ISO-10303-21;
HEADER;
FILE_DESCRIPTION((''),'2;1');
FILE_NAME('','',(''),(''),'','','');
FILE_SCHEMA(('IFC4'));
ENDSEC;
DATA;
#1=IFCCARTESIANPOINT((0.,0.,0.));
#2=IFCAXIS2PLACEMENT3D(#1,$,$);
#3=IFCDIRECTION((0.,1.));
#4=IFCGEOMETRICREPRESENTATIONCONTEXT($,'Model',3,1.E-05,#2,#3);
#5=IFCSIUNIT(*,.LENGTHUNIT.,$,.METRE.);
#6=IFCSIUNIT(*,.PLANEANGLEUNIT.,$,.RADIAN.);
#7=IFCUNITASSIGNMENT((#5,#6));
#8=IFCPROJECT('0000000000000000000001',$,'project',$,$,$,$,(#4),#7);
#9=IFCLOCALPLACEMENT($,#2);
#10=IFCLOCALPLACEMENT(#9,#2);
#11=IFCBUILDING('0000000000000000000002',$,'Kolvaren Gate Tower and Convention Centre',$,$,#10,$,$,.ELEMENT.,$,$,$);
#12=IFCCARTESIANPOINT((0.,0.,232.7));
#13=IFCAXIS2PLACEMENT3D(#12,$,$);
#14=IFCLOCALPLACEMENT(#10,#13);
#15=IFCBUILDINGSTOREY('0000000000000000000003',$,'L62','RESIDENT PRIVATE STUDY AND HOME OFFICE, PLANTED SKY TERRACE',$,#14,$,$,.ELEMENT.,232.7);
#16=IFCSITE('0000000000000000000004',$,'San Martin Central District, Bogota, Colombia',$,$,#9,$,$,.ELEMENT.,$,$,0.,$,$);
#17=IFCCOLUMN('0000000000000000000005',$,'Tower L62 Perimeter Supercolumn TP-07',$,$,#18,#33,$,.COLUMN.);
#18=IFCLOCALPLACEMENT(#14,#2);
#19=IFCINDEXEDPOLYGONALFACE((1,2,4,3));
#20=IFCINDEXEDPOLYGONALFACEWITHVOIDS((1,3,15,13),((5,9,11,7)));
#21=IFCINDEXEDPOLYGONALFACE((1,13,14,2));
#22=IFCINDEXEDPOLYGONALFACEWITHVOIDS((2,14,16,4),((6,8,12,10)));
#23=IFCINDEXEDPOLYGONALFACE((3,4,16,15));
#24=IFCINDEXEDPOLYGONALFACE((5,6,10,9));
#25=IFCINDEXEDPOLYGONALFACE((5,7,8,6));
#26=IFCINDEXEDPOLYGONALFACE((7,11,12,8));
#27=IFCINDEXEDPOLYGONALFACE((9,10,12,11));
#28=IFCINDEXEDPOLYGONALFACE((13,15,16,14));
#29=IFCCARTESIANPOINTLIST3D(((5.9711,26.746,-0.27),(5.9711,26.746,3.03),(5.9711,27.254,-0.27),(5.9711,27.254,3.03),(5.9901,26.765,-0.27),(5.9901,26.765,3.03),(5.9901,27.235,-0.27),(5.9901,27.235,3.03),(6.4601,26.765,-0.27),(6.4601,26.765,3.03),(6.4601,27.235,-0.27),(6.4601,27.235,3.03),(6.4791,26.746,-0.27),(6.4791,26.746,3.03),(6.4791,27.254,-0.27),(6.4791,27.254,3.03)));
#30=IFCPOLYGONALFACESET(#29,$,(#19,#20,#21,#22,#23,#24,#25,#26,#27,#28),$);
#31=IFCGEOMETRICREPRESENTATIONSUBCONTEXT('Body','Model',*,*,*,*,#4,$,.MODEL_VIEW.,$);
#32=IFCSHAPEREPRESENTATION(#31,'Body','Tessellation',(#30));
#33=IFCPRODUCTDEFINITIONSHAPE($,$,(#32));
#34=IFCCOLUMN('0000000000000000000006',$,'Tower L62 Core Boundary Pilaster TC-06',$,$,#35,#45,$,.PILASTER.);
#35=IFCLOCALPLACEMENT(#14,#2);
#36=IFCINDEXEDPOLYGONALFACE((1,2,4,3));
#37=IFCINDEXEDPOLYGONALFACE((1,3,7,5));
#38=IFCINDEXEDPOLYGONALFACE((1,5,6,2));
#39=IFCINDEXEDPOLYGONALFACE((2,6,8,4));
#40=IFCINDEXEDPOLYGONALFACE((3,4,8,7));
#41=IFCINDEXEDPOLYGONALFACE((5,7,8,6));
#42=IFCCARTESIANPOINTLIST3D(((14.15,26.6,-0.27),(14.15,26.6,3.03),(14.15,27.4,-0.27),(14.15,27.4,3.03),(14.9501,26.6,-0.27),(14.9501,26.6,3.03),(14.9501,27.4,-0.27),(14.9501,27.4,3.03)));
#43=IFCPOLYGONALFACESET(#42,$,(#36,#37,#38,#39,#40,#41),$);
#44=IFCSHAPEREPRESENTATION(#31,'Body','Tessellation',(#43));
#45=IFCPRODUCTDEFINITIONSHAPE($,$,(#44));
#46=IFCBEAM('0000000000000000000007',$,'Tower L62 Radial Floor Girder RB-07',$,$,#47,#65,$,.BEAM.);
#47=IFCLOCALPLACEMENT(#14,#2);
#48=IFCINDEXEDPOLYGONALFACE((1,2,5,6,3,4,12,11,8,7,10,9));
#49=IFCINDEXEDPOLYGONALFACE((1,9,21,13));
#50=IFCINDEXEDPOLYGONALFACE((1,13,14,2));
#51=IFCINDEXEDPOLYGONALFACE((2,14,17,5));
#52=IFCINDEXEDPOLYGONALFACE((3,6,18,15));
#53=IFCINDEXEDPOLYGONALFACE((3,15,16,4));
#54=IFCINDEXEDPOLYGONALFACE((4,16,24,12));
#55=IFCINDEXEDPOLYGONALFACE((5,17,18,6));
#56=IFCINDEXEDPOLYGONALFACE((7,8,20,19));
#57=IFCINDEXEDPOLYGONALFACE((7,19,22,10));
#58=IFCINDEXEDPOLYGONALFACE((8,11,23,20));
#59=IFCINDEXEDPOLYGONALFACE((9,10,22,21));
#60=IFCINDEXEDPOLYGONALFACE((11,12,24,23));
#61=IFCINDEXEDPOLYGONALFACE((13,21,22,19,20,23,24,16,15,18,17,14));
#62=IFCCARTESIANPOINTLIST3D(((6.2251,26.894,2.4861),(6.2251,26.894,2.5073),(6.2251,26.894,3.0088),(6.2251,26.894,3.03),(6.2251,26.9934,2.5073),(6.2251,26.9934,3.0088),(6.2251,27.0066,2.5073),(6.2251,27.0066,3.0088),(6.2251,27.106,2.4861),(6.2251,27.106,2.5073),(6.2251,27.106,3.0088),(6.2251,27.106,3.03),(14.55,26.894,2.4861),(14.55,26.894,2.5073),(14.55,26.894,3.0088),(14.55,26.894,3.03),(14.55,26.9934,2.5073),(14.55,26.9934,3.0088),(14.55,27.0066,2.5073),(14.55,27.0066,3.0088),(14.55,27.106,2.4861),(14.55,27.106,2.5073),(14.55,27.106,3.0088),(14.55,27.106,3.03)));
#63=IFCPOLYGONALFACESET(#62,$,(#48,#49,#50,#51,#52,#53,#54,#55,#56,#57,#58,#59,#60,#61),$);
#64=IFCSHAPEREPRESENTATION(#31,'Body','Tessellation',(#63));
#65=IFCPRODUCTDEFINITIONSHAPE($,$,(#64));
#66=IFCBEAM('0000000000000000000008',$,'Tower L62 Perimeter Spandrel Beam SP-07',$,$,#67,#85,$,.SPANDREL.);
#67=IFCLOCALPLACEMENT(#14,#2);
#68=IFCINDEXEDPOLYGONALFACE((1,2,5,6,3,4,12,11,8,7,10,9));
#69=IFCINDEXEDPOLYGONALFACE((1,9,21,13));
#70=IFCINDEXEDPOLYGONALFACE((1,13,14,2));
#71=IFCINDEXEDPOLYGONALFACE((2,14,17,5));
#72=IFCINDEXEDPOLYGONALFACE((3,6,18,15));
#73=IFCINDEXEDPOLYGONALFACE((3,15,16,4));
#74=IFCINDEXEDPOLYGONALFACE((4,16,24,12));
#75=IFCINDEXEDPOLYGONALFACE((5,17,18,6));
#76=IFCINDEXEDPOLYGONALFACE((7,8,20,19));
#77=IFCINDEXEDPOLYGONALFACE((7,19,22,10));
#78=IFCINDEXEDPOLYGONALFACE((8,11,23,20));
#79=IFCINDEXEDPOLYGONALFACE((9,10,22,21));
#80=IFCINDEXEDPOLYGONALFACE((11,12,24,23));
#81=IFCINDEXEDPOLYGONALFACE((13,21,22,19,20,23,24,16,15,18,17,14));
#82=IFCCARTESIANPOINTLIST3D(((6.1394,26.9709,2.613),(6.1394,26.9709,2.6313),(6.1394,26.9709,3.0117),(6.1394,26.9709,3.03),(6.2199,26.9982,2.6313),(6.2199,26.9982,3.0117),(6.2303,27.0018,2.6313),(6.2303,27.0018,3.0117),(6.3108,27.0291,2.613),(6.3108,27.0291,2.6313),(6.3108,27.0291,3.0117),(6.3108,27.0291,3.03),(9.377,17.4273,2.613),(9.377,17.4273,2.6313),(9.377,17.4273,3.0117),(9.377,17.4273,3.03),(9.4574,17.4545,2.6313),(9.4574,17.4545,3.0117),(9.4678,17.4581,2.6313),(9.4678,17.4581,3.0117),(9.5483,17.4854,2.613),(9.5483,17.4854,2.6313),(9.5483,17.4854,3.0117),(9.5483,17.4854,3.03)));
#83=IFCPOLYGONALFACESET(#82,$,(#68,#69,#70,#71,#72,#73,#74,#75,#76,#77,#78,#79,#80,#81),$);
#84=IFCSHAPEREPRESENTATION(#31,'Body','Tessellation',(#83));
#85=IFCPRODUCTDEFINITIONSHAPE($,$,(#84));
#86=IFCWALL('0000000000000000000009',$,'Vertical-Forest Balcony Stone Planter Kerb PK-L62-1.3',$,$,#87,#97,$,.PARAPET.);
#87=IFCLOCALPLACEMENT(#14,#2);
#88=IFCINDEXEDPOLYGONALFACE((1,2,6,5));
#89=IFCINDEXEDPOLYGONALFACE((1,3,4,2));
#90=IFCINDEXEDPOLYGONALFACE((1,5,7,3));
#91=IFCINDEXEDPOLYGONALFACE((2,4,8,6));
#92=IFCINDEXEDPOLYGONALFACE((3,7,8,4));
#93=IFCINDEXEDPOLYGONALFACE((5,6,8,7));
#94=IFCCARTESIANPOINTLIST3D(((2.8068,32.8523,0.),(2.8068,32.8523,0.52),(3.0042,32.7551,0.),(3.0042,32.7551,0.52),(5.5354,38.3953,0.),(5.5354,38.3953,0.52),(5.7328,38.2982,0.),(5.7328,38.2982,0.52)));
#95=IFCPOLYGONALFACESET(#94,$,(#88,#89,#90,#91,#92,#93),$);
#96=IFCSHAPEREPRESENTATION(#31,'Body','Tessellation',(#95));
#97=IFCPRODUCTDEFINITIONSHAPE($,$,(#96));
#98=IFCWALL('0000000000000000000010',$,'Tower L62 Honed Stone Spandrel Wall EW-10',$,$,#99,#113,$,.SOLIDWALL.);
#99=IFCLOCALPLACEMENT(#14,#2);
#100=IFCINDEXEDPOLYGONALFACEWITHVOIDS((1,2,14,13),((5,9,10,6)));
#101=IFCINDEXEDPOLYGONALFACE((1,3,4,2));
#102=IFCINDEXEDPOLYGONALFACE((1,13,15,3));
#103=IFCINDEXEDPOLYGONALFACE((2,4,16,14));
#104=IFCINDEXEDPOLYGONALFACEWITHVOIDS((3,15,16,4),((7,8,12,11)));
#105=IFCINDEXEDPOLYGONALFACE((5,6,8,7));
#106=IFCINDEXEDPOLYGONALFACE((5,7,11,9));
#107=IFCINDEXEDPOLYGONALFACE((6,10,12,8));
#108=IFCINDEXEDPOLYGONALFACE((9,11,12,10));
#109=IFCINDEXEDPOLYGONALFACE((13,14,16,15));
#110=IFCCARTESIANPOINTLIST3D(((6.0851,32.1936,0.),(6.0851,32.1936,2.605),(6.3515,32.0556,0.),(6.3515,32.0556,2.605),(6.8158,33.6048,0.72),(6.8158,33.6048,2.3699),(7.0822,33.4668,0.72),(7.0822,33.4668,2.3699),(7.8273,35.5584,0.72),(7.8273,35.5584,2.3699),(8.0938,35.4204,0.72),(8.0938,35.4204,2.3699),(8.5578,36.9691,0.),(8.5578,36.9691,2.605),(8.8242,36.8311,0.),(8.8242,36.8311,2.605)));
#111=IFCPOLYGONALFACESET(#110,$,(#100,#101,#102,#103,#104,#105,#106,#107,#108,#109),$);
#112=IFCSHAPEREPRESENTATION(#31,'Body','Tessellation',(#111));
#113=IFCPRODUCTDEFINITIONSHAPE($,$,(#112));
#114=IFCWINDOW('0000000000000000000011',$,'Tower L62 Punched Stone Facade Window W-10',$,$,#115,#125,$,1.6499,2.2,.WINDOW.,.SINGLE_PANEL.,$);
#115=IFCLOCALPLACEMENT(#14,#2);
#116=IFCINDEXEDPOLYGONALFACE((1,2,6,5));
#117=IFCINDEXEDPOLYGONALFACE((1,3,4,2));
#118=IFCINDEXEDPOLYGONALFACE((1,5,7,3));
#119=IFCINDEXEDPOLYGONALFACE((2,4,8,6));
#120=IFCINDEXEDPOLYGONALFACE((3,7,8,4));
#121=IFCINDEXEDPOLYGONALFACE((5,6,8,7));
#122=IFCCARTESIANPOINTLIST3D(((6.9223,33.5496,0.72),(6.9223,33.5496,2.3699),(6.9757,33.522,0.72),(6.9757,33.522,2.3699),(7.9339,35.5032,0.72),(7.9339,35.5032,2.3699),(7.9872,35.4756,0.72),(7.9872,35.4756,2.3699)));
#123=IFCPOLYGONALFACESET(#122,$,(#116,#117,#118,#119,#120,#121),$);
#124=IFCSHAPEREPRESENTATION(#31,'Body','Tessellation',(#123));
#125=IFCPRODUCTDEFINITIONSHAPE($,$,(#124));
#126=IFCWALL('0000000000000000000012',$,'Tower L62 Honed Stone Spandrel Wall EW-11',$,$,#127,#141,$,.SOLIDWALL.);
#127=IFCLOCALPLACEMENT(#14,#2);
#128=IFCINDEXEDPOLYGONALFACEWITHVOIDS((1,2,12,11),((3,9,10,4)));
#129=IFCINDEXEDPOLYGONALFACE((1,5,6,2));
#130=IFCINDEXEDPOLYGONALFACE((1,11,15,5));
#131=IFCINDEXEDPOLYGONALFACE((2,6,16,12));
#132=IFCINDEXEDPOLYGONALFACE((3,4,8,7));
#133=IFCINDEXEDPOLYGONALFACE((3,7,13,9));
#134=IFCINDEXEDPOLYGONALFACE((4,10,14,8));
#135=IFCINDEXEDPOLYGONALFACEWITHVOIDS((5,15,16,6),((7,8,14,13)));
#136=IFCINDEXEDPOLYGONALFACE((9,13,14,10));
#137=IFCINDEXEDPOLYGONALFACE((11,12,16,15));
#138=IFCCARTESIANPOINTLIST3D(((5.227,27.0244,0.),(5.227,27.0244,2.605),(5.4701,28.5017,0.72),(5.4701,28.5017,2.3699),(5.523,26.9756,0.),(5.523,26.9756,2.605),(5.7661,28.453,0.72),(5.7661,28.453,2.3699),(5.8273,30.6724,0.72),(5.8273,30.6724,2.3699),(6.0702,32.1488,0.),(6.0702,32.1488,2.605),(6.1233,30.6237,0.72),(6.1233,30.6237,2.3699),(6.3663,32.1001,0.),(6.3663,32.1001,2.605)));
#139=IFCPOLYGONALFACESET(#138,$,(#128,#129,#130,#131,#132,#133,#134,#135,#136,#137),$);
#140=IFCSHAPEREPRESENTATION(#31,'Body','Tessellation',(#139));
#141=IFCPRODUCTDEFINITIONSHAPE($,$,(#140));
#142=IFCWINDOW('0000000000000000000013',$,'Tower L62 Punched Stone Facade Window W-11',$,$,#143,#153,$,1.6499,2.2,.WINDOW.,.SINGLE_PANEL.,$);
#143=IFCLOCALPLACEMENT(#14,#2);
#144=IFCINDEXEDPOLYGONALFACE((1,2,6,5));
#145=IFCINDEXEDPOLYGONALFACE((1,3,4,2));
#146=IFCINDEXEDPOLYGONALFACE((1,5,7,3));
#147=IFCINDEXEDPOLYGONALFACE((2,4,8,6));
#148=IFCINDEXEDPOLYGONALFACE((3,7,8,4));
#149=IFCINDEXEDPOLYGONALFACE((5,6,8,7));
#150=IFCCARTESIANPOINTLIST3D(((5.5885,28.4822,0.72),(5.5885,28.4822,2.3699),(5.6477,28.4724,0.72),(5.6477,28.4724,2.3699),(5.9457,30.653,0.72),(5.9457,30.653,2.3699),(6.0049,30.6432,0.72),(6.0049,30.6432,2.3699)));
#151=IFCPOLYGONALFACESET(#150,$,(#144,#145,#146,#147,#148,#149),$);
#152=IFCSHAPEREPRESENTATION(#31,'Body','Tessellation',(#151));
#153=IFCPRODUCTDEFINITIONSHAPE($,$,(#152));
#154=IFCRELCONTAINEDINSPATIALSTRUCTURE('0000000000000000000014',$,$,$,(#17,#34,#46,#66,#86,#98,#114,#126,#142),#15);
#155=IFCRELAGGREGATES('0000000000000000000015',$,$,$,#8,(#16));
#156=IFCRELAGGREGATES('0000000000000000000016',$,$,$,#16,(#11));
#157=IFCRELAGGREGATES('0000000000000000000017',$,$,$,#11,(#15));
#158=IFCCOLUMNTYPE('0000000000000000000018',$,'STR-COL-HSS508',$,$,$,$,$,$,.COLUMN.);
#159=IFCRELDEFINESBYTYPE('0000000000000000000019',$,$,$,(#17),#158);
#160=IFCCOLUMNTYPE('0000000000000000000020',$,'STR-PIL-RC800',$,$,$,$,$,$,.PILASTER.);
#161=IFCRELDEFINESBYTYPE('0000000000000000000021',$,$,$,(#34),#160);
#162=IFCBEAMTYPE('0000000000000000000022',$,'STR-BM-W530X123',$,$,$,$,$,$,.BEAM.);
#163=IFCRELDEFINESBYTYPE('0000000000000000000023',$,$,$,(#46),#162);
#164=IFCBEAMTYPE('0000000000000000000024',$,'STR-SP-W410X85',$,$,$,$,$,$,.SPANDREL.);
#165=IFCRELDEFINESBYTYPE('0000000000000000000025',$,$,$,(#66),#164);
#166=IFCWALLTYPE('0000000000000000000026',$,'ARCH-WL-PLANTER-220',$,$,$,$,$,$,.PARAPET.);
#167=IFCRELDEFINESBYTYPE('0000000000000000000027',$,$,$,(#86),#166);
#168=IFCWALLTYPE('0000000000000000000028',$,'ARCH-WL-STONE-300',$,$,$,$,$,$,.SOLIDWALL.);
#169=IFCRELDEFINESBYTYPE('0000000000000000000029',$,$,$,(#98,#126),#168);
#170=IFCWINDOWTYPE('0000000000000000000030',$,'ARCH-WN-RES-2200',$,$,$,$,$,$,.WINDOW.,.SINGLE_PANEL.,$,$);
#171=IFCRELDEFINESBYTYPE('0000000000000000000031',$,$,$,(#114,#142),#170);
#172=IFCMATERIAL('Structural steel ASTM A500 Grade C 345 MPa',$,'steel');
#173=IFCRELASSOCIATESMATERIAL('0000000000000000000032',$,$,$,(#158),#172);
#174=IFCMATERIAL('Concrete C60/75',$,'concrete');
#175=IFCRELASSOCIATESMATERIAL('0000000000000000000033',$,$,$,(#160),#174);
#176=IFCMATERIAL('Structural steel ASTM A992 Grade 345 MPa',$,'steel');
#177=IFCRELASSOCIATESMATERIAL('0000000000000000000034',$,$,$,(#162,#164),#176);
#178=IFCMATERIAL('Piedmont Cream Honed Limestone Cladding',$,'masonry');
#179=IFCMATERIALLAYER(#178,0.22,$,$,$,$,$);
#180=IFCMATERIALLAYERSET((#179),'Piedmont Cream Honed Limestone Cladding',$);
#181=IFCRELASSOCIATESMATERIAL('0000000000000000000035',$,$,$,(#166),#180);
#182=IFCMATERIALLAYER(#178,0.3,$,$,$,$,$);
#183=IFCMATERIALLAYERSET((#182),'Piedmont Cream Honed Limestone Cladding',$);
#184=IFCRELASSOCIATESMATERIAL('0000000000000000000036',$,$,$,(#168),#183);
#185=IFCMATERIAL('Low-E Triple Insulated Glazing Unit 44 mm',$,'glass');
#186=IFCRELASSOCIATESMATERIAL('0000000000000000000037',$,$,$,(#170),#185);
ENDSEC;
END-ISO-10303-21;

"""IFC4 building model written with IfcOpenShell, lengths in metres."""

from ifc_helpers import new_model, si_unit, direction, frame, frame_2d, origin, origin_2d, place, context, subcontext, project, spatial, rectangle, hollow_rectangle, i_section, extrude, material, layer, layer_set, material_profile, profile_set, type_object, element, fill, save


model = new_model("IFC4")

# Units and contexts
model_context = context("Model", 3, precision=1e-05, world=origin(), true_north=direction((0.0, 1.0)))
body_context = subcontext(model_context, "Body", "Model", "MODEL_VIEW")
ifc_project = project(units=[si_unit("LENGTHUNIT", "METRE"), si_unit("PLANEANGLEUNIT", "RADIAN")], contexts=[model_context])

# Site, building, storey
site_placement = place(None, origin())
site = spatial("IfcSite", under=ifc_project, at=site_placement, Name="San Martin Central District, Bogota, Colombia", CompositionType="ELEMENT", RefElevation=0.0)
building_placement = place(site_placement, origin())
building = spatial("IfcBuilding", under=site, at=building_placement, Name="Kolvaren Gate Tower and Convention Centre", CompositionType="ELEMENT")
storey_placement = place(building_placement, frame((0.0, 0.0, 232.7)))
storey = spatial("IfcBuildingStorey", under=building, at=storey_placement, Name="L62", Description="RESIDENT PRIVATE STUDY AND HOME OFFICE, PLANTED SKY TERRACE", CompositionType="ELEMENT", Elevation=232.7)

# Columns
ifc_material_1 = material(Name="Structural steel ASTM A500 Grade C 345 MPa", Category="steel")
ifc_material_profile_1 = material_profile(ifc_material_1, hollow_rectangle(XDim=0.5081, YDim=0.5081, WallThickness=0.019, at=origin_2d()), Name="HSS508X508X19.1")
ifc_profile_set_1 = profile_set([ifc_material_profile_1], Name="Structural steel ASTM A500 Grade C 345 MPa")
column_type_1 = type_object("IfcColumnType", Name="STR-COL-HSS508", PredefinedType="COLUMN", material=ifc_profile_set_1)
column_1_placement = place(storey_placement, frame((6.2251, 27.0, -0.27), z_axis=(0.0, 0.0, 1.0), x_axis=(1.0, 0.0, 0.0)))
element("IfcColumn", 1, at=column_1_placement, inside=storey, type_object=column_type_1, Name="Tower L62 Perimeter Supercolumn TP-07", PredefinedType="COLUMN", context=body_context, shape_type="SweptSolid", body=[
    extrude(hollow_rectangle(XDim=0.5081, YDim=0.5081, WallThickness=0.019, at=origin_2d()), origin(), (0.0, 0.0, 1.0), 3.3),
])
ifc_material_2 = material(Name="Concrete C60/75", Category="concrete")
ifc_material_profile_2 = material_profile(ifc_material_2, rectangle(XDim=0.8, YDim=0.8, at=origin_2d()), Name="RC-COL-800X800")
ifc_profile_set_2 = profile_set([ifc_material_profile_2], Name="Concrete C60/75")
column_type_2 = type_object("IfcColumnType", Name="STR-PIL-RC800", PredefinedType="PILASTER", material=ifc_profile_set_2)
column_2_placement = place(storey_placement, frame((14.55, 27.0, -0.27), z_axis=(0.0, 0.0, 1.0), x_axis=(1.0, 0.0, 0.0)))
element("IfcColumn", 2, at=column_2_placement, inside=storey, type_object=column_type_2, Name="Tower L62 Core Boundary Pilaster TC-06", PredefinedType="PILASTER", context=body_context, shape_type="SweptSolid", body=[
    extrude(rectangle(XDim=0.8, YDim=0.8, at=origin_2d()), origin(), (0.0, 0.0, 1.0), 3.3),
])

# Beams
ifc_material_3 = material(Name="Structural steel ASTM A992 Grade 345 MPa", Category="steel")
ifc_material_profile_3 = material_profile(ifc_material_3, i_section(OverallWidth=0.2119, OverallDepth=0.5439, WebThickness=0.0132, FlangeThickness=0.0212, at=origin_2d()), Name="W530X123")
ifc_profile_set_3 = profile_set([ifc_material_profile_3], Name="Structural steel ASTM A992 Grade 345 MPa")
beam_type_1 = type_object("IfcBeamType", Name="STR-BM-W530X123", PredefinedType="BEAM", material=ifc_profile_set_3)
beam_1_placement = place(storey_placement, frame((14.55, 27.0, 2.7581), z_axis=(-1.0, 0.0, 0.0), x_axis=(0.0, -1.0, 0.0)))
element("IfcBeam", 3, at=beam_1_placement, inside=storey, type_object=beam_type_1, Name="Tower L62 Radial Floor Girder RB-07", PredefinedType="BEAM", context=body_context, shape_type="SweptSolid", body=[
    extrude(i_section(OverallWidth=0.2119, OverallDepth=0.5439, WebThickness=0.0132, FlangeThickness=0.0212, at=origin_2d()), origin(), (0.0, 0.0, 1.0), 8.325),
])
ifc_material_profile_4 = material_profile(ifc_material_3, i_section(OverallWidth=0.1809, OverallDepth=0.417, WebThickness=0.011, FlangeThickness=0.0183, at=origin_2d()), Name="W410X85")
ifc_profile_set_4 = profile_set([ifc_material_profile_4], Name="Structural steel ASTM A992 Grade 345 MPa")
beam_type_2 = type_object("IfcBeamType", Name="STR-SP-W410X85", PredefinedType="SPANDREL", material=ifc_profile_set_4)
beam_2_placement = place(storey_placement, frame((6.2251, 27.0, 2.8215), z_axis=(0.321253, -0.946994, 0.0), x_axis=(0.946994, 0.321253, 0.0)))
element("IfcBeam", 4, at=beam_2_placement, inside=storey, type_object=beam_type_2, Name="Tower L62 Perimeter Spandrel Beam SP-07", PredefinedType="SPANDREL", context=body_context, shape_type="SweptSolid", body=[
    extrude(i_section(OverallWidth=0.1809, OverallDepth=0.417, WebThickness=0.011, FlangeThickness=0.0183, at=origin_2d()), origin(), (0.0, 0.0, 1.0), 10.0779),
])

# Wall
ifc_material_4 = material(Name="Piedmont Cream Honed Limestone Cladding", Category="masonry")
ifc_layer_1 = layer(ifc_material_4, 0.22)
ifc_layer_set_1 = layer_set([ifc_layer_1], Name="Piedmont Cream Honed Limestone Cladding")
wall_type_1 = type_object("IfcWallType", Name="ARCH-WL-PLANTER-220", PredefinedType="PARAPET", material=ifc_layer_set_1)
wall_1_placement = place(storey_placement, frame((2.9055, 32.8037, 0.0), z_axis=(0.0, 0.0, 1.0), x_axis=(0.441641, 0.897192, 0.0)))
element("IfcWall", 5, at=wall_1_placement, inside=storey, type_object=wall_type_1, Name="Vertical-Forest Balcony Stone Planter Kerb PK-L62-1.3", PredefinedType="PARAPET", context=body_context, shape_type="SweptSolid", body=[
    extrude(rectangle(XDim=6.1782, YDim=0.22, at=frame_2d((3.0891, 0.0))), origin(), (0.0, 0.0, 1.0), 0.52),
])

# Walls, openings, windows
ifc_layer_2 = layer(ifc_material_4, 0.3)
ifc_layer_set_2 = layer_set([ifc_layer_2], Name="Piedmont Cream Honed Limestone Cladding")
wall_type_2 = type_object("IfcWallType", Name="ARCH-WL-STONE-300", PredefinedType="SOLIDWALL", material=ifc_layer_set_2)
wall_2_placement = place(storey_placement, frame((6.2183, 32.1245, 0.0), z_axis=(0.0, 0.0, 1.0), x_axis=(0.459808, 0.888018, 0.0)))
wall_2 = element("IfcWall", 6, at=wall_2_placement, inside=storey, type_object=wall_type_2, Name="Tower L62 Honed Stone Spandrel Wall EW-10", PredefinedType="SOLIDWALL", context=body_context, shape_type="SweptSolid", body=[
    extrude(rectangle(XDim=5.3777, YDim=0.3, at=frame_2d((2.689, 0.0))), origin(), (0.0, 0.0, 1.0), 2.605),
])
opening_1_placement = place(wall_2_placement, frame((1.5891, 0.0, 0.72)))
opening_1 = element("IfcOpeningElement", 7, at=opening_1_placement, cuts=wall_2, PredefinedType="OPENING", context=body_context, shape_type="SweptSolid", body=[
    extrude(rectangle(XDim=2.2, YDim=1.6499, at=frame_2d((1.1001, 0.825))), frame((0.0, 0.1599, 0.0), z_axis=(0.0, -1.0, 0.0), x_axis=(1.0, 0.0, 0.0)), (0.0, 0.0, 1.0), 0.3201),
])
ifc_material_5 = material(Name="Low-E Triple Insulated Glazing Unit 44 mm", Category="glass")
window_type = type_object("IfcWindowType", Name="ARCH-WN-RES-2200", PartitioningType="SINGLE_PANEL", PredefinedType="WINDOW", material=ifc_material_5)
window_1_placement = place(opening_1_placement, origin())
window_1 = element("IfcWindow", 8, at=window_1_placement, inside=storey, type_object=window_type, Name="Tower L62 Punched Stone Facade Window W-10", OverallHeight=1.6499, OverallWidth=2.2, PartitioningType="SINGLE_PANEL", PredefinedType="WINDOW", context=body_context, shape_type="SweptSolid", body=[
    extrude(rectangle(XDim=2.2, YDim=1.6499, at=frame_2d((1.1001, 0.825))), frame((0.0, 0.03, 0.0), z_axis=(0.0, -1.0, 0.0), x_axis=(1.0, 0.0, 0.0)), (0.0, 0.0, 1.0), 0.0601),
])
fill(opening_1, window_1)
wall_3_placement = place(storey_placement, frame((5.375, 27.0, 0.0), z_axis=(0.0, 0.0, 1.0), x_axis=(0.162371, 0.98673, 0.0)))
wall_3 = element("IfcWall", 9, at=wall_3_placement, inside=storey, type_object=wall_type_2, Name="Tower L62 Honed Stone Spandrel Wall EW-11", PredefinedType="SOLIDWALL", context=body_context, shape_type="SweptSolid", body=[
    extrude(rectangle(XDim=5.1934, YDim=0.3, at=frame_2d((2.5967, 0.0))), origin(), (0.0, 0.0, 1.0), 2.605),
])
opening_2_placement = place(wall_3_placement, frame((1.4971, 0.0, 0.72)))
opening_2 = element("IfcOpeningElement", 10, at=opening_2_placement, cuts=wall_3, PredefinedType="OPENING", context=body_context, shape_type="SweptSolid", body=[
    extrude(rectangle(XDim=2.2, YDim=1.6499, at=frame_2d((1.1001, 0.825))), frame((0.0, 0.1599, 0.0), z_axis=(0.0, -1.0, 0.0), x_axis=(1.0, 0.0, 0.0)), (0.0, 0.0, 1.0), 0.3201),
])
window_2_placement = place(opening_2_placement, origin())
window_2 = element("IfcWindow", 11, at=window_2_placement, inside=storey, type_object=window_type, Name="Tower L62 Punched Stone Facade Window W-11", OverallHeight=1.6499, OverallWidth=2.2, PartitioningType="SINGLE_PANEL", PredefinedType="WINDOW", context=body_context, shape_type="SweptSolid", body=[
    extrude(rectangle(XDim=2.2, YDim=1.6499, at=frame_2d((1.1001, 0.825))), frame((0.0, 0.03, 0.0), z_axis=(0.0, -1.0, 0.0), x_axis=(1.0, 0.0, 0.0)), (0.0, 0.0, 1.0), 0.0601),
])
fill(opening_2, window_2)

save(model, "model.ifc")
